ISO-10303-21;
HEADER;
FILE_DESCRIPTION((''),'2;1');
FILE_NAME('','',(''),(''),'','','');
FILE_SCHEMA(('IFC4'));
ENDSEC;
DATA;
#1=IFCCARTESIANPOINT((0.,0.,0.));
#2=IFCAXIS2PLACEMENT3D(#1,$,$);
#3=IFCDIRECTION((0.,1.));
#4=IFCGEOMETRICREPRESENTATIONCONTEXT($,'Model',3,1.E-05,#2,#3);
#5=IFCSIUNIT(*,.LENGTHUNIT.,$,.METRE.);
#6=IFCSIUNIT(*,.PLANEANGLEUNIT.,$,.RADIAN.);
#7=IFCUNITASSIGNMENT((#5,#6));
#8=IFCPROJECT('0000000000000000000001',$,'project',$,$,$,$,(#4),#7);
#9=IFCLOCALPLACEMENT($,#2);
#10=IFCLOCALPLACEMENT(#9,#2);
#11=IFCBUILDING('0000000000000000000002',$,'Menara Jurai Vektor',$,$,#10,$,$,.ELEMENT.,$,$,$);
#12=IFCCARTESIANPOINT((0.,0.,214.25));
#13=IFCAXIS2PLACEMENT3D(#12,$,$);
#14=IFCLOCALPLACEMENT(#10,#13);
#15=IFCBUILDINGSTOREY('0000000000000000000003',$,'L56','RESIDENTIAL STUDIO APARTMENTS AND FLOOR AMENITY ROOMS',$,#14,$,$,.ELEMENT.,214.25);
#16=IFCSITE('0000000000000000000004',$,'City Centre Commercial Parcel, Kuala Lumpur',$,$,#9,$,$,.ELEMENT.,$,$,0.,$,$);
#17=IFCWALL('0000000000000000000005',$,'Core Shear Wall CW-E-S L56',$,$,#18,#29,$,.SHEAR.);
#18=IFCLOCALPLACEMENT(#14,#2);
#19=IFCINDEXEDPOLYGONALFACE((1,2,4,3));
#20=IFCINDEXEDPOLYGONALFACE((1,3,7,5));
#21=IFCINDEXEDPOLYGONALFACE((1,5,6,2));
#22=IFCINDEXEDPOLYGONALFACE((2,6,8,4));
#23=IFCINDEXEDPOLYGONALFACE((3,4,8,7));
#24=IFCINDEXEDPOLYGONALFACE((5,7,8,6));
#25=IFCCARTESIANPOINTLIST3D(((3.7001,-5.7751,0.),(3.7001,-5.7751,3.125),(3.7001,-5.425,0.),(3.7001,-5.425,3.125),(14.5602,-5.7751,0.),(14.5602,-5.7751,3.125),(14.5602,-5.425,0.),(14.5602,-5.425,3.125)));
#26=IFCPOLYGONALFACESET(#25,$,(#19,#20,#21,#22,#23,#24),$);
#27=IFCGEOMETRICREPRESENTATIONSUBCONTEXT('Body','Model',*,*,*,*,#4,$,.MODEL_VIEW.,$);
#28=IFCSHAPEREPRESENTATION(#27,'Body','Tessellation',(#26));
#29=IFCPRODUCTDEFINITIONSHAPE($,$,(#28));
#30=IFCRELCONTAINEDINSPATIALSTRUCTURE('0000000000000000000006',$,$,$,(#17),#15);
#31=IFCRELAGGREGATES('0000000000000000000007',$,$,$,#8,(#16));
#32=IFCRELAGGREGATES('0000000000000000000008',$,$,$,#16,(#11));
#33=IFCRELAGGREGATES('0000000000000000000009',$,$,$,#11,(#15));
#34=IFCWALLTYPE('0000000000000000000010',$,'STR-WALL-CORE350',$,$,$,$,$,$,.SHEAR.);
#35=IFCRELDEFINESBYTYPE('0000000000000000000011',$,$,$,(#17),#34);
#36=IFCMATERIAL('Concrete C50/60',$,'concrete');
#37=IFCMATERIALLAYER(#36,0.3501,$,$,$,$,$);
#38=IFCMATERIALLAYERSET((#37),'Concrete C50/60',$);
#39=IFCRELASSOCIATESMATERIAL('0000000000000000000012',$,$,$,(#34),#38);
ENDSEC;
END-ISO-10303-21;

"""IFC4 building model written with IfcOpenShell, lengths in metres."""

from ifc_helpers import new_model, si_unit, direction, frame, frame_2d, origin, place, context, subcontext, project, spatial, rectangle, extrude, material, layer, layer_set, type_object, element, save


model = new_model("IFC4")

# Units and contexts
model_context = context("Model", 3, precision=1e-05, world=origin(), true_north=direction((0.0, 1.0)))
body_context = subcontext(model_context, "Body", "Model", "MODEL_VIEW")
ifc_project = project(units=[si_unit("LENGTHUNIT", "METRE"), si_unit("PLANEANGLEUNIT", "RADIAN")], contexts=[model_context])

# Site, building, storey
site_placement = place(None, origin())
site = spatial("IfcSite", under=ifc_project, at=site_placement, Name="City Centre Commercial Parcel, Kuala Lumpur", CompositionType="ELEMENT", RefElevation=0.0)
building_placement = place(site_placement, origin())
building = spatial("IfcBuilding", under=site, at=building_placement, Name="Menara Jurai Vektor", CompositionType="ELEMENT")
storey_placement = place(building_placement, frame((0.0, 0.0, 214.25)))
storey = spatial("IfcBuildingStorey", under=building, at=storey_placement, Name="L56", Description="RESIDENTIAL STUDIO APARTMENTS AND FLOOR AMENITY ROOMS", CompositionType="ELEMENT", Elevation=214.25)

# Shared definitions
ifc_material_1 = material(Name="Concrete C50/60", Category="concrete")

# Wall
ifc_layer_1 = layer(ifc_material_1, 0.3501)
ifc_layer_set_1 = layer_set([ifc_layer_1], Name="Concrete C50/60")
wall_type_1 = type_object("IfcWallType", Name="STR-WALL-CORE350", PredefinedType="SHEAR", material=ifc_layer_set_1)
wall_1_placement = place(storey_placement, frame((3.7, -5.6001, 0.0), z_axis=(0.0, 0.0, 1.0), x_axis=(1.0, 0.0, 0.0)))
element("IfcWall", 1, at=wall_1_placement, inside=storey, type_object=wall_type_1, Name="Core Shear Wall CW-E-S L56", PredefinedType="SHEAR", context=body_context, shape_type="SweptSolid", body=[
    extrude(rectangle(XDim=10.8601, YDim=0.3501, at=frame_2d((5.4302, 0.0))), origin(), (0.0, 0.0, 1.0), 3.125),
])

save(model, "model.ifc")
